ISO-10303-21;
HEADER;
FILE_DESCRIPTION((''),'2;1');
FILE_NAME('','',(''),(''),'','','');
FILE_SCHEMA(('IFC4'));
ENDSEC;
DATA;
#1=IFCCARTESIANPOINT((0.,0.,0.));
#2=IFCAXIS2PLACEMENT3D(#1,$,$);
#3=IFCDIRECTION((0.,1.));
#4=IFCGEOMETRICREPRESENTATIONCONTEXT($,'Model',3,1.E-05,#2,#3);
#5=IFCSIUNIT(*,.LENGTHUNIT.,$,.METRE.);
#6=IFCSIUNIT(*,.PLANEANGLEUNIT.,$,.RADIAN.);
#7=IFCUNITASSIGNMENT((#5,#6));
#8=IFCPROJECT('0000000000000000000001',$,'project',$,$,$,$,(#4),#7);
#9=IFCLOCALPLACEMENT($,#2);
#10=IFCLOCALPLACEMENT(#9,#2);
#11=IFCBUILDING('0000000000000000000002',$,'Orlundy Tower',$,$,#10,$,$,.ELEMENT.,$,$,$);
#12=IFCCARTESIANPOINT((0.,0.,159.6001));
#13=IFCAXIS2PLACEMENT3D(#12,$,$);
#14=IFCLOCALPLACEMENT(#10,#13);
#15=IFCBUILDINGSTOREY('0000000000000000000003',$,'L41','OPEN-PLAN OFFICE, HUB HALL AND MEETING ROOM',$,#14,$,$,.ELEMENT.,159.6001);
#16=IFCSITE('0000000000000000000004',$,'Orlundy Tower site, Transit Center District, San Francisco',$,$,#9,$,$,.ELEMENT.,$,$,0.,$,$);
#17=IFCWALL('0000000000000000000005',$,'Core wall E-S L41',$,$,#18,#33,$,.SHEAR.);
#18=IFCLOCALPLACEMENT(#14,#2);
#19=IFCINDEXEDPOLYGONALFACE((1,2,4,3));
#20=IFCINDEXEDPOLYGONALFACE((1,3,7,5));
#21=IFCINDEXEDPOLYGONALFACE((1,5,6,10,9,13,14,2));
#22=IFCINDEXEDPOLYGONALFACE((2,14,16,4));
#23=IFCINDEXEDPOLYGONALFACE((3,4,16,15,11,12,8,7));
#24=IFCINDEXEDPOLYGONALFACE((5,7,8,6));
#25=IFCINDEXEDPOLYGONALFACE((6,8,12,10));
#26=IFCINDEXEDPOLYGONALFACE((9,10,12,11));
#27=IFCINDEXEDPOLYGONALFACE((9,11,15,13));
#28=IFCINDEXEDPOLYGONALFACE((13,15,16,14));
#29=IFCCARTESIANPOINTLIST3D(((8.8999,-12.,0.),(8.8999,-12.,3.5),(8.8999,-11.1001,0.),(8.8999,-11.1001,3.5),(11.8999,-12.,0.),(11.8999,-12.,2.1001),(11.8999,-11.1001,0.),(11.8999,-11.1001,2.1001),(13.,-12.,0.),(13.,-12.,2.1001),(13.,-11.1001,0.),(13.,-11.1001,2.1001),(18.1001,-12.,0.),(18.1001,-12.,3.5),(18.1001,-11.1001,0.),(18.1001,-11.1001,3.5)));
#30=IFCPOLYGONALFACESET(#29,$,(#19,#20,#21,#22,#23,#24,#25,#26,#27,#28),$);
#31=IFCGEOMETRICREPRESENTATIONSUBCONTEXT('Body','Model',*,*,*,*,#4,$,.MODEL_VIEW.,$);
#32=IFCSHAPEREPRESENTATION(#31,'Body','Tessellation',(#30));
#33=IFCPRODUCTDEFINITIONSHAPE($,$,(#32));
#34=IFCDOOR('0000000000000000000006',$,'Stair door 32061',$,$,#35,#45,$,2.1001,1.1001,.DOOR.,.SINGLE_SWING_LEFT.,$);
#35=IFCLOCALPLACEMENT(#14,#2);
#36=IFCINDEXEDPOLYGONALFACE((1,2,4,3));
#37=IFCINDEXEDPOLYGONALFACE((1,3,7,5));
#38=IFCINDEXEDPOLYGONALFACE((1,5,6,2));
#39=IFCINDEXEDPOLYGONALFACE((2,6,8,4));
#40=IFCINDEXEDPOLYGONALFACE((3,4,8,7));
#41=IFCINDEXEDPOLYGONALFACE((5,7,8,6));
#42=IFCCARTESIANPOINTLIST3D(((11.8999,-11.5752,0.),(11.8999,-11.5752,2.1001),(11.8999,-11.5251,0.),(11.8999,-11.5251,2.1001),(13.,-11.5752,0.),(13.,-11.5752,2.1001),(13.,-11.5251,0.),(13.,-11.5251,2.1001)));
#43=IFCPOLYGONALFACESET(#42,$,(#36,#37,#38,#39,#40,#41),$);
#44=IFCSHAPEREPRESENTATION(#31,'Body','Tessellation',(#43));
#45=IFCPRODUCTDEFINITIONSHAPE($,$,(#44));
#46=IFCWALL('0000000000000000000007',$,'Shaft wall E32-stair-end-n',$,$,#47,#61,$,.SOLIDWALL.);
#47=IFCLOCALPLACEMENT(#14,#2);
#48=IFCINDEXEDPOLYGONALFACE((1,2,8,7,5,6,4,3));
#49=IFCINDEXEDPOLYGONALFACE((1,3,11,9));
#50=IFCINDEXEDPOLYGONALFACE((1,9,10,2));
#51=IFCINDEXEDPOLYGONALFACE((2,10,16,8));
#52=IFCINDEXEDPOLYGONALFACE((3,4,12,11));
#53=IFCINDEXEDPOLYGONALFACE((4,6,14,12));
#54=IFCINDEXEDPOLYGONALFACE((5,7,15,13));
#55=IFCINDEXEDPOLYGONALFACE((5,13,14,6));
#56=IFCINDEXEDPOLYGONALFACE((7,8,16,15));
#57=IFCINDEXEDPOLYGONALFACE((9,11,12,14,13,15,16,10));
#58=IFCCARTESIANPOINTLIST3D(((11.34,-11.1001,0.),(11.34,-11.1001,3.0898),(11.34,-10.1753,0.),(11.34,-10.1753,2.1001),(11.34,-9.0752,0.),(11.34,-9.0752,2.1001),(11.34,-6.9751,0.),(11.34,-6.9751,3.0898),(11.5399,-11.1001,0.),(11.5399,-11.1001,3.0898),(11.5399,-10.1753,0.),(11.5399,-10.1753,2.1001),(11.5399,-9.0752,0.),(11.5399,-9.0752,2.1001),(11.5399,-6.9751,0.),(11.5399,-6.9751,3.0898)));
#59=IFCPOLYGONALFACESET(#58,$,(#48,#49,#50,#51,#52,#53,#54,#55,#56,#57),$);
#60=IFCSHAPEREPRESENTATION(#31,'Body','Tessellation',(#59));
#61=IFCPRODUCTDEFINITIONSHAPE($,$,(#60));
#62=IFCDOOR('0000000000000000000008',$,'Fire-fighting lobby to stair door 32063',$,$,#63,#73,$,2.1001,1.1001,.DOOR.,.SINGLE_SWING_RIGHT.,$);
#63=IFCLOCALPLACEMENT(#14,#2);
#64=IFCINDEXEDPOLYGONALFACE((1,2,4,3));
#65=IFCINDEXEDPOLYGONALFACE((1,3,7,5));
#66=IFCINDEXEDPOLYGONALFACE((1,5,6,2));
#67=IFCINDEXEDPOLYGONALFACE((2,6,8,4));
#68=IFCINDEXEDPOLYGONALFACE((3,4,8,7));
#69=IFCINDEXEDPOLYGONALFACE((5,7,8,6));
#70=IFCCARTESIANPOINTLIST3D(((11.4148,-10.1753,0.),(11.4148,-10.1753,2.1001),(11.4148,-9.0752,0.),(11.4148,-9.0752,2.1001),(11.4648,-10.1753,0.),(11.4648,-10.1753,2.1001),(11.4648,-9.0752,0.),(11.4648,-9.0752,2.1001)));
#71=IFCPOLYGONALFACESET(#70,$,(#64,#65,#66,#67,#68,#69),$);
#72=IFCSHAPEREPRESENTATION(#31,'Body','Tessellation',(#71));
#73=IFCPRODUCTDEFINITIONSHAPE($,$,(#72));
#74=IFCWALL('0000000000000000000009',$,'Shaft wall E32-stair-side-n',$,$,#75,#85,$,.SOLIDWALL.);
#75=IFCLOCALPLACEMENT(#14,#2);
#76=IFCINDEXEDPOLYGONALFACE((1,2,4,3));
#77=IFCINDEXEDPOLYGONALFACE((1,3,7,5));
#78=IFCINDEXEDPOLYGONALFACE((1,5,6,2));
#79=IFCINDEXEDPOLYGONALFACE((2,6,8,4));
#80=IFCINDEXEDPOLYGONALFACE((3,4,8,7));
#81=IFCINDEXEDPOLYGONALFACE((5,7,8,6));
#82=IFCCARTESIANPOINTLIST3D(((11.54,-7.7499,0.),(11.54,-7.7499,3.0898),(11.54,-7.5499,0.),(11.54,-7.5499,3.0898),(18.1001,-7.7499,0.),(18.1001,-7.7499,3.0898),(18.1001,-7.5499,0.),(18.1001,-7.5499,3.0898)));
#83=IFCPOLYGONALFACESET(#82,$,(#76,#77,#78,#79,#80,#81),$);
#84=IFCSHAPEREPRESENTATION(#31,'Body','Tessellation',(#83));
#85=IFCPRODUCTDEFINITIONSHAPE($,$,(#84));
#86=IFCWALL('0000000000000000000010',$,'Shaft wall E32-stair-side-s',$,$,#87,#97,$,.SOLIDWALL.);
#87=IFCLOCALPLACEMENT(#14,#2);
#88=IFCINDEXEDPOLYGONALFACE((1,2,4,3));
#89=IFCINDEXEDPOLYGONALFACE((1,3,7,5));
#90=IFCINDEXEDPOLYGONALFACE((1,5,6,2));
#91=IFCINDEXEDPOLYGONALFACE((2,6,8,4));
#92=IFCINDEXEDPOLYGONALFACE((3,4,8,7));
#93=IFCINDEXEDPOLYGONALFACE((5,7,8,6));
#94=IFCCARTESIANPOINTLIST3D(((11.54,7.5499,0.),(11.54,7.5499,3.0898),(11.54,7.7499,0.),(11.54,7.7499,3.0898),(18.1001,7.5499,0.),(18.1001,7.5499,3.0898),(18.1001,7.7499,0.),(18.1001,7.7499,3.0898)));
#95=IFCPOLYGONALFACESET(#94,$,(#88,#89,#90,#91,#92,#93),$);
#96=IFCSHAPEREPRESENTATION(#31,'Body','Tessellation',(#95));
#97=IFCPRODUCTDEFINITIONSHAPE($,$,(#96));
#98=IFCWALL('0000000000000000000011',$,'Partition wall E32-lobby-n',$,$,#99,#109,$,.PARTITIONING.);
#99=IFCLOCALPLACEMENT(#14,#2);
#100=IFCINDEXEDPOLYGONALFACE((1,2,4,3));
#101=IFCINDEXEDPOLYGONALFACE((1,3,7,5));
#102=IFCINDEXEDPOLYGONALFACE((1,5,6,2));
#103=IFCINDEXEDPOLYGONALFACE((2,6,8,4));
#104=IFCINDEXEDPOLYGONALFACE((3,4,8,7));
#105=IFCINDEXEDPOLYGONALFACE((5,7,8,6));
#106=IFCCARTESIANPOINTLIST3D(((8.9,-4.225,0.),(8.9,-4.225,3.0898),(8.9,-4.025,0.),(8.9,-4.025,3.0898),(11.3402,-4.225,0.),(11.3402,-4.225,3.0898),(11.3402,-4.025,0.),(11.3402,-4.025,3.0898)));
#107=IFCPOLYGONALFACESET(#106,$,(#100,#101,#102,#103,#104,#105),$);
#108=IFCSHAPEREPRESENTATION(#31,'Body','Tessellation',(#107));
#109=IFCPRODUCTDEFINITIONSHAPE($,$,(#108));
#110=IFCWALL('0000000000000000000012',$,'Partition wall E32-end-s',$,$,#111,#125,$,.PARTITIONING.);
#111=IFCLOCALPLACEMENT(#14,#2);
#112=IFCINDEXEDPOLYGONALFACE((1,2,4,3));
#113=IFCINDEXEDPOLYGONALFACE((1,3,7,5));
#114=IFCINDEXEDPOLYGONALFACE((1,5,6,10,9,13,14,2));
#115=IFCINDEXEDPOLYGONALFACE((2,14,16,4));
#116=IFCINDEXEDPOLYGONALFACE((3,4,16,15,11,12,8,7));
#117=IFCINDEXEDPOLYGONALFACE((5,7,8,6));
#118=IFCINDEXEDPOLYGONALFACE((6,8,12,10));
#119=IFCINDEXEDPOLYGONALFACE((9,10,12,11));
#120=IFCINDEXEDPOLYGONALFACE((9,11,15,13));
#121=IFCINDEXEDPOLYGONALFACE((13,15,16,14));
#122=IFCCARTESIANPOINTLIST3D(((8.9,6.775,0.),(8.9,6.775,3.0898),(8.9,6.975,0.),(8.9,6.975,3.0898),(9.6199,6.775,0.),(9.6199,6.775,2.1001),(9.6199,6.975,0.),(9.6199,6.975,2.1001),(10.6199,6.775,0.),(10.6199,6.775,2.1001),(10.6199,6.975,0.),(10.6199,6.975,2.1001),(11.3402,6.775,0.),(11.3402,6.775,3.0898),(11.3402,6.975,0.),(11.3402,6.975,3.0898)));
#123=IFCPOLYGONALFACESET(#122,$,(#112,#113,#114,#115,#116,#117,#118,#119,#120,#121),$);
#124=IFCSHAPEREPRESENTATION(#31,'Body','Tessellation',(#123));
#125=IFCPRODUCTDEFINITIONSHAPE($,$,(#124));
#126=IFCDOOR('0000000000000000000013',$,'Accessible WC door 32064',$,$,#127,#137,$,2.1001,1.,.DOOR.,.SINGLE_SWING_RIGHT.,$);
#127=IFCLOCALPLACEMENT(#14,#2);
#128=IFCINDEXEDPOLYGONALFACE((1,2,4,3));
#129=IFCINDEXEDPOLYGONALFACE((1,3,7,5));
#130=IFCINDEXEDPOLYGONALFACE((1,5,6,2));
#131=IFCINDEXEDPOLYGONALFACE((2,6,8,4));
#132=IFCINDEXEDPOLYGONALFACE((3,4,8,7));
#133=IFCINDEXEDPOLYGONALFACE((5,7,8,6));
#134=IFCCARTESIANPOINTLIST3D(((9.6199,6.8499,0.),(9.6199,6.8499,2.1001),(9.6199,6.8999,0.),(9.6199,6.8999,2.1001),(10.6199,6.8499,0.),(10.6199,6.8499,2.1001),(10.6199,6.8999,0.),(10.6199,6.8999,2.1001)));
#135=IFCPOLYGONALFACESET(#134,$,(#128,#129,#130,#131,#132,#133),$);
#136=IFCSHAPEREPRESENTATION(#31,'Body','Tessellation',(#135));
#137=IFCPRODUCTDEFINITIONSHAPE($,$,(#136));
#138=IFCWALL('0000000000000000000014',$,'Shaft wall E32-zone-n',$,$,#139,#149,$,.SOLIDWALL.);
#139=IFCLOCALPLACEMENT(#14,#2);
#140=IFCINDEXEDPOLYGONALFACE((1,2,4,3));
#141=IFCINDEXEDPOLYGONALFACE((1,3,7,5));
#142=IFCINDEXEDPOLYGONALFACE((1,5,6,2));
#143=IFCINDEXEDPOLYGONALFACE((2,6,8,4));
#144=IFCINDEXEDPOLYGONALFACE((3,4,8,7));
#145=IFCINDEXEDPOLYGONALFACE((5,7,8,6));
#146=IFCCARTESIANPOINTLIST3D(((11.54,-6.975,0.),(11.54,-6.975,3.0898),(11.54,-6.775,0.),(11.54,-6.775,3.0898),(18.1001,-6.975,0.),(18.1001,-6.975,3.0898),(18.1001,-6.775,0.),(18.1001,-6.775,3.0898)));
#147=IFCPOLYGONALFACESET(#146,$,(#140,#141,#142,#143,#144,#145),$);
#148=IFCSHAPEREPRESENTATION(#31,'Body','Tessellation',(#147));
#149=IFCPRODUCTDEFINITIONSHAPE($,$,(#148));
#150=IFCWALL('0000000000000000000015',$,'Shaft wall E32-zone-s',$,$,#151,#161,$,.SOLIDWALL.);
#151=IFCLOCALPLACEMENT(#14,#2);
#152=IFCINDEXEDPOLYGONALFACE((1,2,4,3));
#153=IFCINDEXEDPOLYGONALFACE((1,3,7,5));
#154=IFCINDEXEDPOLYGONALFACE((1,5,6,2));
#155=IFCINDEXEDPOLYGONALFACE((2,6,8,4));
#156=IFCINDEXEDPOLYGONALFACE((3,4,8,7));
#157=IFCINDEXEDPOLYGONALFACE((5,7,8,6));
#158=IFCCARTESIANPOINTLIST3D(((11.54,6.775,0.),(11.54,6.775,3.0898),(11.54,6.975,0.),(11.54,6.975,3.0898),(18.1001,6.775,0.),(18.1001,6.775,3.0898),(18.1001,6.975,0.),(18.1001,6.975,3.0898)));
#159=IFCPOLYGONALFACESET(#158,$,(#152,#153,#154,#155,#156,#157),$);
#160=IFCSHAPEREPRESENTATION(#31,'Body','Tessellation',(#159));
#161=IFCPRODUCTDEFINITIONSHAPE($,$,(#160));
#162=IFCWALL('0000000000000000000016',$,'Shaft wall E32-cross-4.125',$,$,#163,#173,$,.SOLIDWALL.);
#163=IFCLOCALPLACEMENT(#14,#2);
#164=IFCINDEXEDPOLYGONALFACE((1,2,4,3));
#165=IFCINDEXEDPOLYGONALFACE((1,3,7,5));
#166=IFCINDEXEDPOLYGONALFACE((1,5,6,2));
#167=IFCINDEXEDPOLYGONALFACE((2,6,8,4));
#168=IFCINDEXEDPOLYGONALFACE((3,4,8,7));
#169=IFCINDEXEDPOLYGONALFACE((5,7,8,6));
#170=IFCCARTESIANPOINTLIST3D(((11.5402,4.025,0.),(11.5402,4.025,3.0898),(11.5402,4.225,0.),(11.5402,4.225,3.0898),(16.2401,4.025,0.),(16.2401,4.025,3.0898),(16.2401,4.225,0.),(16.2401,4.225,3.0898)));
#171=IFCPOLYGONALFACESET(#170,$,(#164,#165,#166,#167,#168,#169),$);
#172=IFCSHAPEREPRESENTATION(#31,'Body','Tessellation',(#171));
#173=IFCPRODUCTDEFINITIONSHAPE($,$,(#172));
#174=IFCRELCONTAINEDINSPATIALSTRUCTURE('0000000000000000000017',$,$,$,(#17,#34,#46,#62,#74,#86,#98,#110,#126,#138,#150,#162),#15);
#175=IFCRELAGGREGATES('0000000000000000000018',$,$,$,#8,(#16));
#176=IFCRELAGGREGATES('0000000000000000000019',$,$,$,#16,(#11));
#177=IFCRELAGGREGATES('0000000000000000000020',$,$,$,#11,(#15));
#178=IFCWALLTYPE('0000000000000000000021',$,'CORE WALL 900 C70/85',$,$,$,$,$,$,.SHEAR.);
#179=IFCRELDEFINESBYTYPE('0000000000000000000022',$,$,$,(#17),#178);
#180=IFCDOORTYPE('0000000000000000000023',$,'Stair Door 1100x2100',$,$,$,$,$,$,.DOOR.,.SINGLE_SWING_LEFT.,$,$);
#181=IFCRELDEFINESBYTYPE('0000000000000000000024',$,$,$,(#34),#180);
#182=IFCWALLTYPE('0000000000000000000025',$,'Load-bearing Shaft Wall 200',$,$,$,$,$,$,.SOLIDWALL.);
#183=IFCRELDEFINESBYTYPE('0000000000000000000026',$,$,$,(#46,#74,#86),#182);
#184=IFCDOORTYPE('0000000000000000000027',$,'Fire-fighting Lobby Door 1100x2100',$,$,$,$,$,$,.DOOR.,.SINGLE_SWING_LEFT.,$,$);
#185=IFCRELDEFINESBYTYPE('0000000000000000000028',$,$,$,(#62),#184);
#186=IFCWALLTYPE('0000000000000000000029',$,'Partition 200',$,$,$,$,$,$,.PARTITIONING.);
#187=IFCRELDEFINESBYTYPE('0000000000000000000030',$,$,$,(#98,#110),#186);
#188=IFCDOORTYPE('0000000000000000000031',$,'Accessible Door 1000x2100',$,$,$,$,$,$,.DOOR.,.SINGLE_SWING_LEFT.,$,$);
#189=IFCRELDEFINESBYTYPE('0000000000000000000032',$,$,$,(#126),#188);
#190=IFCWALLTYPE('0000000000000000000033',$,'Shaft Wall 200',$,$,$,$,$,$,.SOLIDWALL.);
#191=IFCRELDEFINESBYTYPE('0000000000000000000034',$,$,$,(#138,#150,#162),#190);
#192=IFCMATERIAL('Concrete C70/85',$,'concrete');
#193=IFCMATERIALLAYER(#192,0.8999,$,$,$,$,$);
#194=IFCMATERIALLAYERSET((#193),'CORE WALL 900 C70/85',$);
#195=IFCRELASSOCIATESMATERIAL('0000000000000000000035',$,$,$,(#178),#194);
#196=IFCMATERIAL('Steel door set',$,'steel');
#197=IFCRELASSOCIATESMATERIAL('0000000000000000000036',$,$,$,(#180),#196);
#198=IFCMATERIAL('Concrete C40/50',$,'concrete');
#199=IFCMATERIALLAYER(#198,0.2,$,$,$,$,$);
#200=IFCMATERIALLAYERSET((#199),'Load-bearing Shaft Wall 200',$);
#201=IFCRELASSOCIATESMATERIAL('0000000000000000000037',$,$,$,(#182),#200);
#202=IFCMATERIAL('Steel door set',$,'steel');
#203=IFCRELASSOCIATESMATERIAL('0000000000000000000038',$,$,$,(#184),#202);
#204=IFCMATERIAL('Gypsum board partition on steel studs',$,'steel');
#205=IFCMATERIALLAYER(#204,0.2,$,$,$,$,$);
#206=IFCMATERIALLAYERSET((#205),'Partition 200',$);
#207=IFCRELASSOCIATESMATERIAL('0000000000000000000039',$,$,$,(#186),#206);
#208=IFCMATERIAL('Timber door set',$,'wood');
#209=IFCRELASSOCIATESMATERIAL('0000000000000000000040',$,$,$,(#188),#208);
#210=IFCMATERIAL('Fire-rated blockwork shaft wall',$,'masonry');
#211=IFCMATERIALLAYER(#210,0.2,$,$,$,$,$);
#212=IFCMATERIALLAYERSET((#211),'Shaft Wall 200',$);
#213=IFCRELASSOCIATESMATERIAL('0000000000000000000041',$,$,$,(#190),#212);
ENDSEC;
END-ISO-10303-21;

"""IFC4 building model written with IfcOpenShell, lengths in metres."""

from ifc_helpers import new_model, si_unit, direction, frame, frame_2d, origin, place, context, subcontext, project, spatial, rectangle, extrude, material, layer, layer_set, type_object, element, fill, save


model = new_model("IFC4")

# Units and contexts
model_context = context("Model", 3, precision=1e-05, world=origin(), true_north=direction((0.0, 1.0)))
body_context = subcontext(model_context, "Body", "Model", "MODEL_VIEW")
ifc_project = project(units=[si_unit("LENGTHUNIT", "METRE"), si_unit("PLANEANGLEUNIT", "RADIAN")], contexts=[model_context])

# Site, building, storey
site_placement = place(None, origin())
site = spatial("IfcSite", under=ifc_project, at=site_placement, Name="Orlundy Tower site, Transit Center District, San Francisco", CompositionType="ELEMENT", RefElevation=0.0)
building_placement = place(site_placement, origin())
building = spatial("IfcBuilding", under=site, at=building_placement, Name="Orlundy Tower", CompositionType="ELEMENT")
storey_placement = place(building_placement, frame((0.0, 0.0, 159.6001)))
storey = spatial("IfcBuildingStorey", under=building, at=storey_placement, Name="L41", Description="OPEN-PLAN OFFICE, HUB HALL AND MEETING ROOM", CompositionType="ELEMENT", Elevation=159.6001)

# Walls, openings, doors
ifc_material_1 = material(Name="Concrete C70/85", Category="concrete")
ifc_layer_1 = layer(ifc_material_1, 0.8999)
ifc_layer_set_1 = layer_set([ifc_layer_1], Name="CORE WALL 900 C70/85")
wall_type_1 = type_object("IfcWallType", Name="CORE WALL 900 C70/85", PredefinedType="SHEAR", material=ifc_layer_set_1)
wall_1_placement = place(storey_placement, frame((8.8999, -11.55, 0.0), z_axis=(0.0, 0.0, 1.0), x_axis=(1.0, 0.0, 0.0)))
wall_1 = element("IfcWall", 1, at=wall_1_placement, inside=storey, type_object=wall_type_1, Name="Core wall E-S L41", PredefinedType="SHEAR", context=body_context, shape_type="SweptSolid", body=[
    extrude(rectangle(XDim=9.2002, YDim=0.8999, at=frame_2d((4.6001, 0.0))), origin(), (0.0, 0.0, 1.0), 3.5),
])
opening_1_placement = place(wall_1_placement, frame((3.0, 0.0, 0.0)))
opening_1 = element("IfcOpeningElement", 2, at=opening_1_placement, cuts=wall_1, PredefinedType="OPENING", context=body_context, shape_type="SweptSolid", body=[
    extrude(rectangle(XDim=1.1001, YDim=2.1001, at=frame_2d((0.55, 1.05))), frame((0.0, 0.46, 0.0), z_axis=(0.0, -1.0, 0.0), x_axis=(1.0, 0.0, 0.0)), (0.0, 0.0, 1.0), 0.9199),
])
ifc_material_2 = material(Name="Steel door set", Category="steel")
door_type_1 = type_object("IfcDoorType", Name="Stair Door 1100x2100", OperationType="SINGLE_SWING_LEFT", PredefinedType="DOOR", material=ifc_material_2)
door_1_placement = place(opening_1_placement, origin())
door_1 = element("IfcDoor", 3, at=door_1_placement, inside=storey, type_object=door_type_1, Name="Stair door 32061", OperationType="SINGLE_SWING_LEFT", OverallHeight=2.1001, OverallWidth=1.1001, PredefinedType="DOOR", context=body_context, shape_type="SweptSolid", body=[
    extrude(rectangle(XDim=1.1001, YDim=2.1001, at=frame_2d((0.55, 1.05))), frame((0.0, 0.0249, 0.0), z_axis=(0.0, -1.0, 0.0), x_axis=(1.0, 0.0, 0.0)), (0.0, 0.0, 1.0), 0.05),
])
fill(opening_1, door_1)
ifc_material_3 = material(Name="Concrete C40/50", Category="concrete")
ifc_layer_2 = layer(ifc_material_3, 0.2)
ifc_layer_set_2 = layer_set([ifc_layer_2], Name="Load-bearing Shaft Wall 200")
wall_type_2 = type_object("IfcWallType", Name="Load-bearing Shaft Wall 200", PredefinedType="SOLIDWALL", material=ifc_layer_set_2)
wall_2_placement = place(storey_placement, frame((11.4399, -6.9751, 0.0), z_axis=(0.0, 0.0, 1.0), x_axis=(0.0, -1.0, 0.0)))
wall_2 = element("IfcWall", 4, at=wall_2_placement, inside=storey, type_object=wall_type_2, Name="Shaft wall E32-stair-end-n", PredefinedType="SOLIDWALL", context=body_context, shape_type="SweptSolid", body=[
    extrude(rectangle(XDim=4.125, YDim=0.2, at=frame_2d((2.0625, 0.0))), origin(), (0.0, 0.0, 1.0), 3.0898),
])
opening_2_placement = place(wall_2_placement, frame((2.1001, 0.0, 0.0)))
opening_2 = element("IfcOpeningElement", 5, at=opening_2_placement, cuts=wall_2, PredefinedType="OPENING", context=body_context, shape_type="SweptSolid", body=[
    extrude(rectangle(XDim=1.1001, YDim=2.1001, at=frame_2d((0.55, 1.05))), frame((0.0, 0.1101, 0.0), z_axis=(0.0, -1.0, 0.0), x_axis=(1.0, 0.0, 0.0)), (0.0, 0.0, 1.0), 0.2202),
])
ifc_material_4 = material(Name="Steel door set", Category="steel")
door_type_2 = type_object("IfcDoorType", Name="Fire-fighting Lobby Door 1100x2100", OperationType="SINGLE_SWING_LEFT", PredefinedType="DOOR", material=ifc_material_4)
door_2_placement = place(opening_2_placement, origin())
door_2 = element("IfcDoor", 6, at=door_2_placement, inside=storey, type_object=door_type_2, Name="Fire-fighting lobby to stair door 32063", OperationType="SINGLE_SWING_RIGHT", OverallHeight=2.1001, OverallWidth=1.1001, PredefinedType="DOOR", context=body_context, shape_type="SweptSolid", body=[
    extrude(rectangle(XDim=1.1001, YDim=2.1001, at=frame_2d((0.55, 1.05))), frame((0.0, 0.0249, 0.0), z_axis=(0.0, -1.0, 0.0), x_axis=(1.0, 0.0, 0.0)), (0.0, 0.0, 1.0), 0.05),
])
fill(opening_2, door_2)

# Walls
for number, where, z_axis, x_axis, name in (
    (7, (11.54, -7.6499, 0.0), (0.0, 0.0, 1.0), (1.0, 0.0, 0.0), "Shaft wall E32-stair-side-n"),
    (8, (11.54, 7.6499, 0.0), (0.0, 0.0, 1.0), (1.0, 0.0, 0.0), "Shaft wall E32-stair-side-s"),
):
    element("IfcWall", number, at=place(storey_placement, frame(where, z_axis=z_axis, x_axis=x_axis)), inside=storey, type_object=wall_type_2, Name=name, PredefinedType="SOLIDWALL", context=body_context, shape_type="SweptSolid", body=[
        extrude(rectangle(XDim=6.5601, YDim=0.2, at=frame_2d((3.28, 0.0))), origin(), (0.0, 0.0, 1.0), 3.0898),
    ])
ifc_material_5 = material(Name="Gypsum board partition on steel studs", Category="steel")
ifc_layer_3 = layer(ifc_material_5, 0.2)
ifc_layer_set_3 = layer_set([ifc_layer_3], Name="Partition 200")
wall_type_3 = type_object("IfcWallType", Name="Partition 200", PredefinedType="PARTITIONING", material=ifc_layer_set_3)
wall_3_placement = place(storey_placement, frame((8.8999, -4.125, 0.0), z_axis=(0.0, 0.0, 1.0), x_axis=(1.0, 0.0, 0.0)))
element("IfcWall", 9, at=wall_3_placement, inside=storey, type_object=wall_type_3, Name="Partition wall E32-lobby-n", PredefinedType="PARTITIONING", context=body_context, shape_type="SweptSolid", body=[
    extrude(rectangle(XDim=2.4402, YDim=0.2, at=frame_2d((1.2202, 0.0))), origin(), (0.0, 0.0, 1.0), 3.0898),
])

# Wall, opening, door
wall_4_placement = place(storey_placement, frame((8.8999, 6.875, 0.0), z_axis=(0.0, 0.0, 1.0), x_axis=(1.0, 0.0, 0.0)))
wall_4 = element("IfcWall", 10, at=wall_4_placement, inside=storey, type_object=wall_type_3, Name="Partition wall E32-end-s", PredefinedType="PARTITIONING", context=body_context, shape_type="SweptSolid", body=[
    extrude(rectangle(XDim=2.4402, YDim=0.2, at=frame_2d((1.2202, 0.0))), origin(), (0.0, 0.0, 1.0), 3.0898),
])
opening_3_placement = place(wall_4_placement, frame((0.72, 0.0, 0.0)))
opening_3 = element("IfcOpeningElement", 11, at=opening_3_placement, cuts=wall_4, PredefinedType="OPENING", context=body_context, shape_type="SweptSolid", body=[
    extrude(rectangle(XDim=1.0, YDim=2.1001, at=frame_2d((0.5, 1.05))), frame((0.0, 0.1101, 0.0), z_axis=(0.0, -1.0, 0.0), x_axis=(1.0, 0.0, 0.0)), (0.0, 0.0, 1.0), 0.2202),
])
ifc_material_6 = material(Name="Timber door set", Category="wood")
door_type_3 = type_object("IfcDoorType", Name="Accessible Door 1000x2100", OperationType="SINGLE_SWING_LEFT", PredefinedType="DOOR", material=ifc_material_6)
door_3_placement = place(opening_3_placement, origin())
door_3 = element("IfcDoor", 12, at=door_3_placement, inside=storey, type_object=door_type_3, Name="Accessible WC door 32064", OperationType="SINGLE_SWING_RIGHT", OverallHeight=2.1001, OverallWidth=1.0, PredefinedType="DOOR", context=body_context, shape_type="SweptSolid", body=[
    extrude(rectangle(XDim=1.0, YDim=2.1001, at=frame_2d((0.5, 1.05))), frame((0.0, 0.0249, 0.0), z_axis=(0.0, -1.0, 0.0), x_axis=(1.0, 0.0, 0.0)), (0.0, 0.0, 1.0), 0.05),
])
fill(opening_3, door_3)

# Walls
ifc_material_7 = material(Name="Fire-rated blockwork shaft wall", Category="masonry")
ifc_layer_4 = layer(ifc_material_7, 0.2)
ifc_layer_set_4 = layer_set([ifc_layer_4], Name="Shaft Wall 200")
wall_type_4 = type_object("IfcWallType", Name="Shaft Wall 200", PredefinedType="SOLIDWALL", material=ifc_layer_set_4)
for number, where, z_axis, x_axis, name in (
    (13, (11.54, -6.875, 0.0), (0.0, 0.0, 1.0), (1.0, 0.0, 0.0), "Shaft wall E32-zone-n"),
    (14, (11.54, 6.875, 0.0), (0.0, 0.0, 1.0), (1.0, 0.0, 0.0), "Shaft wall E32-zone-s"),
):
    element("IfcWall", number, at=place(storey_placement, frame(where, z_axis=z_axis, x_axis=x_axis)), inside=storey, type_object=wall_type_4, Name=name, PredefinedType="SOLIDWALL", context=body_context, shape_type="SweptSolid", body=[
        extrude(rectangle(XDim=6.5601, YDim=0.2, at=frame_2d((3.28, 0.0))), origin(), (0.0, 0.0, 1.0), 3.0898),
    ])
wall_5_placement = place(storey_placement, frame((11.54, 4.125, 0.0), z_axis=(0.0, 0.0, 1.0), x_axis=(1.0, 0.0, 0.0)))
element("IfcWall", 15, at=wall_5_placement, inside=storey, type_object=wall_type_4, Name="Shaft wall E32-cross-4.125", PredefinedType="SOLIDWALL", context=body_context, shape_type="SweptSolid", body=[
    extrude(rectangle(XDim=4.7, YDim=0.2, at=frame_2d((2.3501, 0.0))), origin(), (0.0, 0.0, 1.0), 3.0898),
])

save(model, "model.ifc")
